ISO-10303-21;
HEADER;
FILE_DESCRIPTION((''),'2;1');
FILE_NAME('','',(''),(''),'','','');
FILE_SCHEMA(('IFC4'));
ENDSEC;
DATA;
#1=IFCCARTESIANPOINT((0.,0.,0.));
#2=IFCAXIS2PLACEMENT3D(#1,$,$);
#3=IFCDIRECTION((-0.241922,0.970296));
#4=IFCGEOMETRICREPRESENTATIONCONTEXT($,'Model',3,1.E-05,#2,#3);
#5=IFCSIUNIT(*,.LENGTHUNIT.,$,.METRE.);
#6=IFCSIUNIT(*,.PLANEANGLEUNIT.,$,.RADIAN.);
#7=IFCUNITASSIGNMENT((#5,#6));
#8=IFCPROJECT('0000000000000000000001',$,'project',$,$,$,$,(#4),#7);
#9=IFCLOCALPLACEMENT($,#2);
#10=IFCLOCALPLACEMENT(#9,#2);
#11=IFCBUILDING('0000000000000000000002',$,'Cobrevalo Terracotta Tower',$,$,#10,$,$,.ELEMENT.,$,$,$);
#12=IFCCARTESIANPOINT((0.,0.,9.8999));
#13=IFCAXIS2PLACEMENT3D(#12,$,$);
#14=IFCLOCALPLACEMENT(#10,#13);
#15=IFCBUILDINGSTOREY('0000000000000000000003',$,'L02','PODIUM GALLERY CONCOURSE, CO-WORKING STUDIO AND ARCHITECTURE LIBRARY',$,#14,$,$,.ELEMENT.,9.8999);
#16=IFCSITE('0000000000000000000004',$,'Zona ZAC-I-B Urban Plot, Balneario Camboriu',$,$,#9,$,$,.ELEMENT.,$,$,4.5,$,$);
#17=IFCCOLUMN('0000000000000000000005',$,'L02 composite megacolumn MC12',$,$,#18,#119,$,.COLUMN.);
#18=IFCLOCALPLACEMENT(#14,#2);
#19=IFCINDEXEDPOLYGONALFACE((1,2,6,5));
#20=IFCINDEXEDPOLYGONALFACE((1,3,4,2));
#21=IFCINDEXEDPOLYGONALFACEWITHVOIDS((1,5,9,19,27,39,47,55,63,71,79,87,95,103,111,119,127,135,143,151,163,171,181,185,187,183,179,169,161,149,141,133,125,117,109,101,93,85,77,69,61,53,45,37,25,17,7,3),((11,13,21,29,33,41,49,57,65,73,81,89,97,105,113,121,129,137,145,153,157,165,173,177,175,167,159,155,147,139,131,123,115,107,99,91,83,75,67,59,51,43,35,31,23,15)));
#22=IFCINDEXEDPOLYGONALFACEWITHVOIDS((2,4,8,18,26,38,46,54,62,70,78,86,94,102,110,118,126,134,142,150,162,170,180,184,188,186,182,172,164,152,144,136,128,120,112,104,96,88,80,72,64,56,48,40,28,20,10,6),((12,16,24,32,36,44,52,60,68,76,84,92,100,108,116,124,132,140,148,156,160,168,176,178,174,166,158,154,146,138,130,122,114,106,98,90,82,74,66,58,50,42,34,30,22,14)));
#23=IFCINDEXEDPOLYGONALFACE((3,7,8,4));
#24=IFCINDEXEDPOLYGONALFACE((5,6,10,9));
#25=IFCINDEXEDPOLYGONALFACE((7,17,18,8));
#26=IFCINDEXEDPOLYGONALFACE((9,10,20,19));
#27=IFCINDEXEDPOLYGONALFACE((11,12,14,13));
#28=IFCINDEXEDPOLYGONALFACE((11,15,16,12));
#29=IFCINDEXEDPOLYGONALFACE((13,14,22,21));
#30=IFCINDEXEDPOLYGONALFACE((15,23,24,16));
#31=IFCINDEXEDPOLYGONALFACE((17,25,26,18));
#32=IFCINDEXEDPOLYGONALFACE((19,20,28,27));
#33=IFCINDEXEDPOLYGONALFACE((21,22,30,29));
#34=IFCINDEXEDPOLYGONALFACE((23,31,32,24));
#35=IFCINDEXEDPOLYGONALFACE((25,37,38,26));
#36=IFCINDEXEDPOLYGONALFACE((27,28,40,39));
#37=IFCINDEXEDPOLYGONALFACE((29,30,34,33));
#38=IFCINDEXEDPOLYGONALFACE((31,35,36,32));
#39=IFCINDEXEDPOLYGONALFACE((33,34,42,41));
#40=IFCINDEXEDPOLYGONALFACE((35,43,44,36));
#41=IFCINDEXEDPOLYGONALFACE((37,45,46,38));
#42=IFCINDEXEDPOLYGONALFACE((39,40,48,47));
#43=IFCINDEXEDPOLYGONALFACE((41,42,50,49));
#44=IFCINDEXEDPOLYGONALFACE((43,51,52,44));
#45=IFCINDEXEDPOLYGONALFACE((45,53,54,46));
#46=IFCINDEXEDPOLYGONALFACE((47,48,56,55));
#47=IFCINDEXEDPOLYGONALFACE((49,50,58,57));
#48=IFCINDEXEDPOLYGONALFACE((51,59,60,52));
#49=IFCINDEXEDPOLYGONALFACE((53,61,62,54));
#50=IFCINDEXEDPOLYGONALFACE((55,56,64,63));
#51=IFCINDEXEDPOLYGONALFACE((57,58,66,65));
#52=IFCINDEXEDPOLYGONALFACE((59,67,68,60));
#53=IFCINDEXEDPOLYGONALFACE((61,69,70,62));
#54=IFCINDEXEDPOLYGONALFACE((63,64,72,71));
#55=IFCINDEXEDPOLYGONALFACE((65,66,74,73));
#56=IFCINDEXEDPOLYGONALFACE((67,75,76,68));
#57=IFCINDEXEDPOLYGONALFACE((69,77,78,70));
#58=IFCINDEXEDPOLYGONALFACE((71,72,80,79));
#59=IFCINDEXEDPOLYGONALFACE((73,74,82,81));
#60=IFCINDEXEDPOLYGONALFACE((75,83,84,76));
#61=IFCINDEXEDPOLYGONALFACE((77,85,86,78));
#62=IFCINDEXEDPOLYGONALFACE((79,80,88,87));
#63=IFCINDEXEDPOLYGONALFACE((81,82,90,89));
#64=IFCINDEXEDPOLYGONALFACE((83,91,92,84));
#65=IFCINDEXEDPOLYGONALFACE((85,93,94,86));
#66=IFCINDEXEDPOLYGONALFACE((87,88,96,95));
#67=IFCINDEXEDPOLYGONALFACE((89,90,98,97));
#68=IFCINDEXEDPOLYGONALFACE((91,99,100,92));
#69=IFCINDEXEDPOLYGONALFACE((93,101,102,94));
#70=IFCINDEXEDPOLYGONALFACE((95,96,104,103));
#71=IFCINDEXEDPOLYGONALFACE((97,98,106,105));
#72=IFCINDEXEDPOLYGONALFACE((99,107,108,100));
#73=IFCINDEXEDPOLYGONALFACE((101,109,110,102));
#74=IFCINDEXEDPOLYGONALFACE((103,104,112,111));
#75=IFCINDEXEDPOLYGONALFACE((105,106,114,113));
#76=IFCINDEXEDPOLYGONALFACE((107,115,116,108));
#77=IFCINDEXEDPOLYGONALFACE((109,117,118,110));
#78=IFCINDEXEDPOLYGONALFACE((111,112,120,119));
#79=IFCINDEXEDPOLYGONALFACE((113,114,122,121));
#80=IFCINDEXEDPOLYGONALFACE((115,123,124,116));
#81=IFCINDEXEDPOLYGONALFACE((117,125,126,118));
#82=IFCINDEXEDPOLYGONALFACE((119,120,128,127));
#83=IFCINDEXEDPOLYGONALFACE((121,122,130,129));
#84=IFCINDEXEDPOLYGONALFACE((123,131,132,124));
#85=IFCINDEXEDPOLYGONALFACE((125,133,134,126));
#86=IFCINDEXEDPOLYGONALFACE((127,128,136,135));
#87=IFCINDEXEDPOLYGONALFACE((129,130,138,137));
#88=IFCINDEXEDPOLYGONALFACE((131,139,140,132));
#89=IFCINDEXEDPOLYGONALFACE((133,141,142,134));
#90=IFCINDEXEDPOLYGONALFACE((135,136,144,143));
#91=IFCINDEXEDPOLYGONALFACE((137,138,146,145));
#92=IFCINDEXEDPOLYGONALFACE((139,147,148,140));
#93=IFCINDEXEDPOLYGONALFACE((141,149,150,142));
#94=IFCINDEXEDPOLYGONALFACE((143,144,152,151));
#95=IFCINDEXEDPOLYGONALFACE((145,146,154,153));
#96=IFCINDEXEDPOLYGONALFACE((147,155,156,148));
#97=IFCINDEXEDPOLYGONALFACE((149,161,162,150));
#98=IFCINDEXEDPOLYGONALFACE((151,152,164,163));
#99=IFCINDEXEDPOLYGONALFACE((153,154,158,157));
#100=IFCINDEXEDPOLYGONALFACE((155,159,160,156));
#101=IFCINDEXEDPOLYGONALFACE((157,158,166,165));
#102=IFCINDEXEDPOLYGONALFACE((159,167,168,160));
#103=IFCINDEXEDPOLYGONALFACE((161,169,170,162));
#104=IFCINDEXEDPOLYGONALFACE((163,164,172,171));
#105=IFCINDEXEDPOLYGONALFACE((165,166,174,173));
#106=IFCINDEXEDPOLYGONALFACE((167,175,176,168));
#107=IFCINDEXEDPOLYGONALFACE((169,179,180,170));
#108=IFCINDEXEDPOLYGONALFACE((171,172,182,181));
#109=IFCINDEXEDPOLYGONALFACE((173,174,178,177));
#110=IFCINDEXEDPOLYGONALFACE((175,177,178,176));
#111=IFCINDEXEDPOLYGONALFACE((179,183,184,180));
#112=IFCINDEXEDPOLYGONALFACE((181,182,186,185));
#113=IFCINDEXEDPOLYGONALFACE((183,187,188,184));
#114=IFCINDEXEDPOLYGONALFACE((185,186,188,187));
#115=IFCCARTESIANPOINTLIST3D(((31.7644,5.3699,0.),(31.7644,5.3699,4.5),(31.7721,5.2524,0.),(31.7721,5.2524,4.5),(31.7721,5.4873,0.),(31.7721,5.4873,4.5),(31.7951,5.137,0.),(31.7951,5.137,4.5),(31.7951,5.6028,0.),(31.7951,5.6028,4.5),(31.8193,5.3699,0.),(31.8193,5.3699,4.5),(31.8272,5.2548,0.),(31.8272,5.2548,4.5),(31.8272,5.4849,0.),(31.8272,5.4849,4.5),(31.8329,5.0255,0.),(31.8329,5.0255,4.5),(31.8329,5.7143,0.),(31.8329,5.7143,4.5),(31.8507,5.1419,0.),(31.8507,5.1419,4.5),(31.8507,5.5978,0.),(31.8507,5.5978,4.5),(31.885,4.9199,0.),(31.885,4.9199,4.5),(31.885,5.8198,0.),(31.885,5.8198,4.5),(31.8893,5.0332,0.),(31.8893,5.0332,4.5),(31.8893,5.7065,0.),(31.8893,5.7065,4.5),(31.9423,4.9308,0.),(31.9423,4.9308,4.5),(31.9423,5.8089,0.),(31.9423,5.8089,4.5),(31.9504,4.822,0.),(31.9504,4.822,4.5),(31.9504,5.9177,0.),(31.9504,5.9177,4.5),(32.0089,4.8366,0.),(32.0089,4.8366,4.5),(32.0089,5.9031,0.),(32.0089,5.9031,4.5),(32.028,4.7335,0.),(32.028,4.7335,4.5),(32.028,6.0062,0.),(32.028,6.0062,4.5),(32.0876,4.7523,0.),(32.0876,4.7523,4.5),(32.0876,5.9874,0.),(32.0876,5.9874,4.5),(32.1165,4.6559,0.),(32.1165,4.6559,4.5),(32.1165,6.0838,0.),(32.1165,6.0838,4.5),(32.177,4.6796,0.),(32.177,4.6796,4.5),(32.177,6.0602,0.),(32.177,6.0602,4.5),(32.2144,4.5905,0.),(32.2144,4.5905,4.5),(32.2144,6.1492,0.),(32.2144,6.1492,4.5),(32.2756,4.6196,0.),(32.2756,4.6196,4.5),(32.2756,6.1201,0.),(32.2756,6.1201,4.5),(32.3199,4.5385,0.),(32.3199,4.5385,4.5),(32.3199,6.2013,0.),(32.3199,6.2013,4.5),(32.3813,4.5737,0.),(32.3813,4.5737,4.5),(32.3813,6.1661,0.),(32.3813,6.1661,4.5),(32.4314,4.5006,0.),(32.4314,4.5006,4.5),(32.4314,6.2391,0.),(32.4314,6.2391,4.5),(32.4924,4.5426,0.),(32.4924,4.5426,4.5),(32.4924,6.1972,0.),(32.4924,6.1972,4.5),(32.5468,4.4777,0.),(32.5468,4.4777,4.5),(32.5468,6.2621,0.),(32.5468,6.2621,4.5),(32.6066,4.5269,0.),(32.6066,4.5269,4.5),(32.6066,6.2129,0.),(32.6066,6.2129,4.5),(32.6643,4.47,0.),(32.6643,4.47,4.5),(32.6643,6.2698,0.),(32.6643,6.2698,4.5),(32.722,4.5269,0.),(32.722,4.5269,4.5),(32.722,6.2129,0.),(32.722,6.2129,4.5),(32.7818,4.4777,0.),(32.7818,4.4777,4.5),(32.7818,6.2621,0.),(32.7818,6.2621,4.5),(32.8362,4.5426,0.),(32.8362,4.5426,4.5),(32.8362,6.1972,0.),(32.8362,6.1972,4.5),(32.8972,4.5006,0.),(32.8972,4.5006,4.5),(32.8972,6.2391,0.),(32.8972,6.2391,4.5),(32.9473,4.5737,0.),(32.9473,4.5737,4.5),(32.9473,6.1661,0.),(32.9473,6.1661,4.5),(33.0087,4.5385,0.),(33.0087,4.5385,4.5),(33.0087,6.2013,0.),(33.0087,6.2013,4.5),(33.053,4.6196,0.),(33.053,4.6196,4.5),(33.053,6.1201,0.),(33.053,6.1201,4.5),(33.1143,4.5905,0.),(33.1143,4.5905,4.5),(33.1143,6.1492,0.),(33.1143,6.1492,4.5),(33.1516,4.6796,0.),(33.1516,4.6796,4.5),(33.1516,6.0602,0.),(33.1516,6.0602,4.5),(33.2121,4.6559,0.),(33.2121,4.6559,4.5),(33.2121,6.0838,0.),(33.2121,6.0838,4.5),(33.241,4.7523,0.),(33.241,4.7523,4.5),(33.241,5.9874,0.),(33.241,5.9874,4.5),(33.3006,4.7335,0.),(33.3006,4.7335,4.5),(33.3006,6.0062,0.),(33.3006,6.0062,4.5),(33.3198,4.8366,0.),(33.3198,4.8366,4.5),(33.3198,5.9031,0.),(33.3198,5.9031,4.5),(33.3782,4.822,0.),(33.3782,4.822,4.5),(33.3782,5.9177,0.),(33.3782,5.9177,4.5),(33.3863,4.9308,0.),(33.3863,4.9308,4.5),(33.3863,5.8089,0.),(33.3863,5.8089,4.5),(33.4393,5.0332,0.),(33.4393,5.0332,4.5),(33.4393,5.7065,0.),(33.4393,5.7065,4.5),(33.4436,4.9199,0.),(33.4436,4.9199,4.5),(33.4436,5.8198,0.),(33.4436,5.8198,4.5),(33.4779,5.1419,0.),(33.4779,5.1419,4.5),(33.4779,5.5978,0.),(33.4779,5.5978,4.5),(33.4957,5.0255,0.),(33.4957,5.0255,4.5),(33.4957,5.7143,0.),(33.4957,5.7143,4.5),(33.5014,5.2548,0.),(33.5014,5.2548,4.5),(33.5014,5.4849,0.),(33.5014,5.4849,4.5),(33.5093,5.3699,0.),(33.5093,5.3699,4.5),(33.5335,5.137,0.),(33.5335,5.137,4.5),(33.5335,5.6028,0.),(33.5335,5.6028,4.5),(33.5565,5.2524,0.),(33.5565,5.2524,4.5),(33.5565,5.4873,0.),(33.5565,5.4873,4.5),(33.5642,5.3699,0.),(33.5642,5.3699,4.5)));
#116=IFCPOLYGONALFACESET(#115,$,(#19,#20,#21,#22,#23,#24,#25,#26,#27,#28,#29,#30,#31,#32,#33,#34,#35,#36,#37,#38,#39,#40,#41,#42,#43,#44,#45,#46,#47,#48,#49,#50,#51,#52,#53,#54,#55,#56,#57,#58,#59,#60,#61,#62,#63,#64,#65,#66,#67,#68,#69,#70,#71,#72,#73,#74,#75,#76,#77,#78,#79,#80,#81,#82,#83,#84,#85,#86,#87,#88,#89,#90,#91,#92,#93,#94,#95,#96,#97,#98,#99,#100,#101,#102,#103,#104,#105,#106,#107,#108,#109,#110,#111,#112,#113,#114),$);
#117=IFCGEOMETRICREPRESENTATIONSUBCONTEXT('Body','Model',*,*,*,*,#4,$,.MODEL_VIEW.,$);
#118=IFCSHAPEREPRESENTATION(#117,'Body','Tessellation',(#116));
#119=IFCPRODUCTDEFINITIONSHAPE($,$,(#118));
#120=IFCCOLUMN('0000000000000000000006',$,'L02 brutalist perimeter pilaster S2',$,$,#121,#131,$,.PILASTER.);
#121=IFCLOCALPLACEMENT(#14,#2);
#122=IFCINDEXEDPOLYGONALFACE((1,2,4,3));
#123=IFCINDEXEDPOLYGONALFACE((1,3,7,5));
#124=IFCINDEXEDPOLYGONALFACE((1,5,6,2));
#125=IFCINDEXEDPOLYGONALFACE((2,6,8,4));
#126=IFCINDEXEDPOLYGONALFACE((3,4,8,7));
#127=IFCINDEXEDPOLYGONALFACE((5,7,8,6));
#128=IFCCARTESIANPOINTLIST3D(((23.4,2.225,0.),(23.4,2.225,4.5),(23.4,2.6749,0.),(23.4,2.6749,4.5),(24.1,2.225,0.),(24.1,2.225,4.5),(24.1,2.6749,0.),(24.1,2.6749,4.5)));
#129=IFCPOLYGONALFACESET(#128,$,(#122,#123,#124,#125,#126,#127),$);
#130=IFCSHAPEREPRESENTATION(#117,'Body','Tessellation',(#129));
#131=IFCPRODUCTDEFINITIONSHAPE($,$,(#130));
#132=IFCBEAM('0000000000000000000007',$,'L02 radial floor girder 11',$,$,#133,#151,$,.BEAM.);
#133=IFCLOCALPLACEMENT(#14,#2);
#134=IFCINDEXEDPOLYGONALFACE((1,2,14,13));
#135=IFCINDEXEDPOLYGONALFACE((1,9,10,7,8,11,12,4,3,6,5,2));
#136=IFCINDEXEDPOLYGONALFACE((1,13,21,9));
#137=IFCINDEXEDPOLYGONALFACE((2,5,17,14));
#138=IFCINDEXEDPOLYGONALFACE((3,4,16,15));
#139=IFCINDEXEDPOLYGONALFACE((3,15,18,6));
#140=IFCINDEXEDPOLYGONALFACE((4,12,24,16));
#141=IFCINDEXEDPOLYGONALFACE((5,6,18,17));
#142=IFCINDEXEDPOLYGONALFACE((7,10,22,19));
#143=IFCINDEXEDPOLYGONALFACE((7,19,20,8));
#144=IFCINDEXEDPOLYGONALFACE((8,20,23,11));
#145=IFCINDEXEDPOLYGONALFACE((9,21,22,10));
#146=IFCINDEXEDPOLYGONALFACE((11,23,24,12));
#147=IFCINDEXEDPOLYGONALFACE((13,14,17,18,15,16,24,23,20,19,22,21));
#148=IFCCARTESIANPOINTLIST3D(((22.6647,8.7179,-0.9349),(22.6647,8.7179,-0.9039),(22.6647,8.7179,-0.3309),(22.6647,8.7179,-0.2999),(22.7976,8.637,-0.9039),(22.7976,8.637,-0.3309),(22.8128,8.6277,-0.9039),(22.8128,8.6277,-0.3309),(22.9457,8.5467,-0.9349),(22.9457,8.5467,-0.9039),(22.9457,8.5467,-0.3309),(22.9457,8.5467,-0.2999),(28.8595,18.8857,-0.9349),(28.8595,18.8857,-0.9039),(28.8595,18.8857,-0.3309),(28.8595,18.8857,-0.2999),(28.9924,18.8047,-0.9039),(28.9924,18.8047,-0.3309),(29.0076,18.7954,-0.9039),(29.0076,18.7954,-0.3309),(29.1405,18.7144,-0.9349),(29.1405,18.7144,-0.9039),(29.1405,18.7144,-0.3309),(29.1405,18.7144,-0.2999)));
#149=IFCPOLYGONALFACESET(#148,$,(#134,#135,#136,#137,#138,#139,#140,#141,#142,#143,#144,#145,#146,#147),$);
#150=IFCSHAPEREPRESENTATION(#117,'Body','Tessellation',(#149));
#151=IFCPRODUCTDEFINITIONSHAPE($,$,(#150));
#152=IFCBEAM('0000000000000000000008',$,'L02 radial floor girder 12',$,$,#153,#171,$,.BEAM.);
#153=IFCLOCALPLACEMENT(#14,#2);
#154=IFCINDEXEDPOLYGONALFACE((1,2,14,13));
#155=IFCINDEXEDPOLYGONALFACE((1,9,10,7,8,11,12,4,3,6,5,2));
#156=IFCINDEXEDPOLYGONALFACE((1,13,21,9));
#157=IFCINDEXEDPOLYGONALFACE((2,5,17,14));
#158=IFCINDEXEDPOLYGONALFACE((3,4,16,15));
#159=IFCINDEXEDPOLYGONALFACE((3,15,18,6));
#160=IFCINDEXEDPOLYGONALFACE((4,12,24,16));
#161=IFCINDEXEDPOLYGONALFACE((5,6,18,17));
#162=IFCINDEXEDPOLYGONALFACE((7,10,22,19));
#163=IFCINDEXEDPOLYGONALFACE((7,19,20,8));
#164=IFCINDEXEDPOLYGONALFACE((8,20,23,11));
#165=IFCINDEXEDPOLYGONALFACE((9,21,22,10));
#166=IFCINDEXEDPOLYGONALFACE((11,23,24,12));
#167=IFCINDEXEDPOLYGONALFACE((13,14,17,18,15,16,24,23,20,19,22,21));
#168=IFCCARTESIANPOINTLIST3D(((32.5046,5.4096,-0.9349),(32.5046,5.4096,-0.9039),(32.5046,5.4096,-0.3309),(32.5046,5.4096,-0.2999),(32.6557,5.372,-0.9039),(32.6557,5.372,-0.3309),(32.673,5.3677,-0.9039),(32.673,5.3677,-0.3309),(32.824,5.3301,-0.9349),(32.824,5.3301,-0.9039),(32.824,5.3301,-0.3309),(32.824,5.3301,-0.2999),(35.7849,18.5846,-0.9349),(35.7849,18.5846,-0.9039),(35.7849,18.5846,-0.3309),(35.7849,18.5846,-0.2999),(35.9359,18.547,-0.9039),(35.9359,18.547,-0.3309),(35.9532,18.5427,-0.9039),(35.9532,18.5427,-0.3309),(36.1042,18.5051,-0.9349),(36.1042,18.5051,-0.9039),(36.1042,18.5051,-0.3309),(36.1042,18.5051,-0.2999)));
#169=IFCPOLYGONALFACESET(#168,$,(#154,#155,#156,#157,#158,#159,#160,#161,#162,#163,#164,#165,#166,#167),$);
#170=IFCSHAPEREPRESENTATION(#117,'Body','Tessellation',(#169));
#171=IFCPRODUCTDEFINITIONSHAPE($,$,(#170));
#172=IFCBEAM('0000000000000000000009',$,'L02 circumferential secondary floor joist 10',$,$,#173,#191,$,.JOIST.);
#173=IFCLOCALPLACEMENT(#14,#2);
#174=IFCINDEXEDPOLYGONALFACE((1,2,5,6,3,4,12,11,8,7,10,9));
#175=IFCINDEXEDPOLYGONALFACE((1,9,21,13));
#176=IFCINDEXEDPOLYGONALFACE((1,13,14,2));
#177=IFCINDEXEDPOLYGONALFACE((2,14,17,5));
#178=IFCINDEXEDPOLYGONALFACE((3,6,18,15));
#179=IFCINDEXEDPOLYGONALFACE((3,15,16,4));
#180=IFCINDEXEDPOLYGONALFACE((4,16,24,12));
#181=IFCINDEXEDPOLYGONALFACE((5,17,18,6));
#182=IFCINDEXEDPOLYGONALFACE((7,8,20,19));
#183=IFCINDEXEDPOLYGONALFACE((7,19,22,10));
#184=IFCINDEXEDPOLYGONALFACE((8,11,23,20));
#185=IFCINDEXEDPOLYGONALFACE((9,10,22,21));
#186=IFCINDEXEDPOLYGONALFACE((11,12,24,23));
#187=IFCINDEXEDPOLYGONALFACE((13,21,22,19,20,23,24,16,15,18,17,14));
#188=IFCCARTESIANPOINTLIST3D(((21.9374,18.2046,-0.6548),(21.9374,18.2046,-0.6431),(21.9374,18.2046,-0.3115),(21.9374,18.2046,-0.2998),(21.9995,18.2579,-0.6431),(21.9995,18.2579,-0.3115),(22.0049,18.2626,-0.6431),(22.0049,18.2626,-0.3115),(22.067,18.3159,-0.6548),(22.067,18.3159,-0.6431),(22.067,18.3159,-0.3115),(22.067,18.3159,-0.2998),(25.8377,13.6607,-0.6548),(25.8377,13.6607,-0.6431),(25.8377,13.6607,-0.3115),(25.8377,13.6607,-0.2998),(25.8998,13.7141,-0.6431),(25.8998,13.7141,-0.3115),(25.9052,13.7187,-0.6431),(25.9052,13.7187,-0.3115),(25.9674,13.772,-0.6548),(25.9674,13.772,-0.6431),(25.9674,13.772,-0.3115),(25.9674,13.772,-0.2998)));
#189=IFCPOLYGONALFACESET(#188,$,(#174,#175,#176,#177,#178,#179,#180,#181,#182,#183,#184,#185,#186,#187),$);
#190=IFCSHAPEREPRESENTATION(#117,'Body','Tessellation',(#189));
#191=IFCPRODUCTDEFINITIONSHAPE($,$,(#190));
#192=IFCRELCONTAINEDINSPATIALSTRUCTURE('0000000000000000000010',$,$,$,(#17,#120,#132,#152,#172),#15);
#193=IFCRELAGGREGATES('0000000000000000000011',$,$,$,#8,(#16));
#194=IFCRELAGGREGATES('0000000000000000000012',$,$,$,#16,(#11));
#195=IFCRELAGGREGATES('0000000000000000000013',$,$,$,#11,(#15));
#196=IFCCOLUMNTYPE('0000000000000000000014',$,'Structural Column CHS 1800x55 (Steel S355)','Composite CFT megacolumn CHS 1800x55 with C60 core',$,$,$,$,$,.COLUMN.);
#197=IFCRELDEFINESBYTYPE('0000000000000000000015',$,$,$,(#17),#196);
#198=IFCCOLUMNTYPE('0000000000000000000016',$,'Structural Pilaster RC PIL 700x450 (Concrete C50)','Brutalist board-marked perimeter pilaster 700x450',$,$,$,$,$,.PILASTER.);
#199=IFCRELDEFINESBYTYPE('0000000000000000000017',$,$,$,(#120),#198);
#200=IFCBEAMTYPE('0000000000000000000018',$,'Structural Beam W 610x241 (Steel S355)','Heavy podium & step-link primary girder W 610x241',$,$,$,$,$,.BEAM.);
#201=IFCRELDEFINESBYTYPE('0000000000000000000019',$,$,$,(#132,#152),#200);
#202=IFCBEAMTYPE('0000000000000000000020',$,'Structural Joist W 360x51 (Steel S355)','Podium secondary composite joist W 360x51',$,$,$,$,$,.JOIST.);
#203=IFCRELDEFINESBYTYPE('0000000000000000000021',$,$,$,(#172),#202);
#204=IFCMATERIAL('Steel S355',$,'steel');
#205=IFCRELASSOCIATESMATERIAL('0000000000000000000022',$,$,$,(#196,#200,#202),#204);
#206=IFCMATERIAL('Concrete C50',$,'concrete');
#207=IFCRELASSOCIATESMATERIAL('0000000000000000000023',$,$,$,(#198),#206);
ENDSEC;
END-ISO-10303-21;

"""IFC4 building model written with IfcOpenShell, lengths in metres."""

from ifc_helpers import new_model, si_unit, direction, frame, origin, origin_2d, place, context, subcontext, project, spatial, rectangle, hollow_circle, i_section, extrude, material, material_profile, profile_set, type_object, element, save


model = new_model("IFC4")

# Units and contexts
model_context = context("Model", 3, precision=1e-05, world=origin(), true_north=direction((-0.241922, 0.970296)))
body_context = subcontext(model_context, "Body", "Model", "MODEL_VIEW")
ifc_project = project(units=[si_unit("LENGTHUNIT", "METRE"), si_unit("PLANEANGLEUNIT", "RADIAN")], contexts=[model_context])

# Site, building, storey
site_placement = place(None, origin())
site = spatial("IfcSite", under=ifc_project, at=site_placement, Name="Zona ZAC-I-B Urban Plot, Balneario Camboriu", CompositionType="ELEMENT", RefElevation=4.5)
building_placement = place(site_placement, origin())
building = spatial("IfcBuilding", under=site, at=building_placement, Name="Cobrevalo Terracotta Tower", CompositionType="ELEMENT")
storey_placement = place(building_placement, frame((0.0, 0.0, 9.8999)))
storey = spatial("IfcBuildingStorey", under=building, at=storey_placement, Name="L02", Description="PODIUM GALLERY CONCOURSE, CO-WORKING STUDIO AND ARCHITECTURE LIBRARY", CompositionType="ELEMENT", Elevation=9.8999)

# Columns
ifc_material_1 = material(Name="Steel S355", Category="steel")
ifc_material_profile_1 = material_profile(ifc_material_1, hollow_circle(Radius=0.8999, WallThickness=0.0549, at=origin_2d()), Name="CHS 1800x55")
ifc_profile_set_1 = profile_set([ifc_material_profile_1], Name="Steel S355")
column_type_1 = type_object("IfcColumnType", Name="Structural Column CHS 1800x55 (Steel S355)", Description="Composite CFT megacolumn CHS 1800x55 with C60 core", PredefinedType="COLUMN", material=ifc_profile_set_1)
for number, where, z_axis, x_axis, name in (
    (1, (32.6643, 5.3699, 0.0), (0.0, 0.0, 1.0), (1.0, 0.0, 0.0), "L02 composite megacolumn MC12"),
):
    element("IfcColumn", number, at=place(storey_placement, frame(where, z_axis=z_axis, x_axis=x_axis)), inside=storey, type_object=column_type_1, Name=name, PredefinedType="COLUMN", context=body_context, shape_type="SweptSolid", body=[
        extrude(hollow_circle(Radius=0.8999, WallThickness=0.0549, at=origin_2d()), origin(), (0.0, 0.0, 1.0), 4.5),
    ])
ifc_material_2 = material(Name="Concrete C50", Category="concrete")
ifc_material_profile_2 = material_profile(ifc_material_2, rectangle(XDim=0.7, YDim=0.45, at=origin_2d()), Name="RC PIL 700x450")
ifc_profile_set_2 = profile_set([ifc_material_profile_2], Name="Concrete C50")
column_type_2 = type_object("IfcColumnType", Name="Structural Pilaster RC PIL 700x450 (Concrete C50)", Description="Brutalist board-marked perimeter pilaster 700x450", PredefinedType="PILASTER", material=ifc_profile_set_2)
column_placement = place(storey_placement, frame((23.75, 2.45, 0.0), z_axis=(0.0, 0.0, 1.0), x_axis=(1.0, 0.0, 0.0)))
element("IfcColumn", 2, at=column_placement, inside=storey, type_object=column_type_2, Name="L02 brutalist perimeter pilaster S2", PredefinedType="PILASTER", context=body_context, shape_type="SweptSolid", body=[
    extrude(rectangle(XDim=0.7, YDim=0.45, at=origin_2d()), origin(), (0.0, 0.0, 1.0), 4.5),
])

# Beams
ifc_material_profile_3 = material_profile(ifc_material_1, i_section(OverallWidth=0.3291, OverallDepth=0.635, WebThickness=0.0178, FlangeThickness=0.031, at=origin_2d()), Name="W 610x241")
ifc_profile_set_3 = profile_set([ifc_material_profile_3], Name="Steel S355")
beam_type_1 = type_object("IfcBeamType", Name="Structural Beam W 610x241 (Steel S355)", Description="Heavy podium & step-link primary girder W 610x241", PredefinedType="BEAM", material=ifc_profile_set_3)
beam_1_placement = place(storey_placement, frame((22.8052, 8.6323, -0.6174), z_axis=(0.520301, 0.853983, 0.0), x_axis=(-0.853983, 0.520301, 0.0)))
element("IfcBeam", 3, at=beam_1_placement, inside=storey, type_object=beam_type_1, Name="L02 radial floor girder 11", PredefinedType="BEAM", context=body_context, shape_type="SweptSolid", body=[
    extrude(i_section(OverallWidth=0.3291, OverallDepth=0.635, WebThickness=0.0178, FlangeThickness=0.031, at=origin_2d()), origin(), (0.0, 0.0, 1.0), 11.9062),
])
beam_2_placement = place(storey_placement, frame((32.6643, 5.3699, -0.6174), z_axis=(0.2416, 0.970376, 0.0), x_axis=(-0.970376, 0.2416, 0.0)))
element("IfcBeam", 4, at=beam_2_placement, inside=storey, type_object=beam_type_1, Name="L02 radial floor girder 12", PredefinedType="BEAM", context=body_context, shape_type="SweptSolid", body=[
    extrude(i_section(OverallWidth=0.3291, OverallDepth=0.635, WebThickness=0.0178, FlangeThickness=0.031, at=origin_2d()), origin(), (0.0, 0.0, 1.0), 13.5771),
])
ifc_material_profile_4 = material_profile(ifc_material_1, i_section(OverallWidth=0.1709, OverallDepth=0.355, WebThickness=0.0071, FlangeThickness=0.0117, at=origin_2d()), Name="W 360x51")
ifc_profile_set_4 = profile_set([ifc_material_profile_4], Name="Steel S355")
beam_type_2 = type_object("IfcBeamType", Name="Structural Joist W 360x51 (Steel S355)", Description="Podium secondary composite joist W 360x51", PredefinedType="JOIST", material=ifc_profile_set_4)
beam_3_placement = place(storey_placement, frame((22.0022, 18.2603, -0.4773), z_axis=(0.651328, -0.758796, 0.0), x_axis=(0.758796, 0.651328, 0.0)))
element("IfcBeam", 5, at=beam_3_placement, inside=storey, type_object=beam_type_2, Name="L02 circumferential secondary floor joist 10", PredefinedType="JOIST", context=body_context, shape_type="SweptSolid", body=[
    extrude(i_section(OverallWidth=0.1709, OverallDepth=0.355, WebThickness=0.0071, FlangeThickness=0.0117, at=origin_2d()), origin(), (0.0, 0.0, 1.0), 5.9883),
])

save(model, "model.ifc")
